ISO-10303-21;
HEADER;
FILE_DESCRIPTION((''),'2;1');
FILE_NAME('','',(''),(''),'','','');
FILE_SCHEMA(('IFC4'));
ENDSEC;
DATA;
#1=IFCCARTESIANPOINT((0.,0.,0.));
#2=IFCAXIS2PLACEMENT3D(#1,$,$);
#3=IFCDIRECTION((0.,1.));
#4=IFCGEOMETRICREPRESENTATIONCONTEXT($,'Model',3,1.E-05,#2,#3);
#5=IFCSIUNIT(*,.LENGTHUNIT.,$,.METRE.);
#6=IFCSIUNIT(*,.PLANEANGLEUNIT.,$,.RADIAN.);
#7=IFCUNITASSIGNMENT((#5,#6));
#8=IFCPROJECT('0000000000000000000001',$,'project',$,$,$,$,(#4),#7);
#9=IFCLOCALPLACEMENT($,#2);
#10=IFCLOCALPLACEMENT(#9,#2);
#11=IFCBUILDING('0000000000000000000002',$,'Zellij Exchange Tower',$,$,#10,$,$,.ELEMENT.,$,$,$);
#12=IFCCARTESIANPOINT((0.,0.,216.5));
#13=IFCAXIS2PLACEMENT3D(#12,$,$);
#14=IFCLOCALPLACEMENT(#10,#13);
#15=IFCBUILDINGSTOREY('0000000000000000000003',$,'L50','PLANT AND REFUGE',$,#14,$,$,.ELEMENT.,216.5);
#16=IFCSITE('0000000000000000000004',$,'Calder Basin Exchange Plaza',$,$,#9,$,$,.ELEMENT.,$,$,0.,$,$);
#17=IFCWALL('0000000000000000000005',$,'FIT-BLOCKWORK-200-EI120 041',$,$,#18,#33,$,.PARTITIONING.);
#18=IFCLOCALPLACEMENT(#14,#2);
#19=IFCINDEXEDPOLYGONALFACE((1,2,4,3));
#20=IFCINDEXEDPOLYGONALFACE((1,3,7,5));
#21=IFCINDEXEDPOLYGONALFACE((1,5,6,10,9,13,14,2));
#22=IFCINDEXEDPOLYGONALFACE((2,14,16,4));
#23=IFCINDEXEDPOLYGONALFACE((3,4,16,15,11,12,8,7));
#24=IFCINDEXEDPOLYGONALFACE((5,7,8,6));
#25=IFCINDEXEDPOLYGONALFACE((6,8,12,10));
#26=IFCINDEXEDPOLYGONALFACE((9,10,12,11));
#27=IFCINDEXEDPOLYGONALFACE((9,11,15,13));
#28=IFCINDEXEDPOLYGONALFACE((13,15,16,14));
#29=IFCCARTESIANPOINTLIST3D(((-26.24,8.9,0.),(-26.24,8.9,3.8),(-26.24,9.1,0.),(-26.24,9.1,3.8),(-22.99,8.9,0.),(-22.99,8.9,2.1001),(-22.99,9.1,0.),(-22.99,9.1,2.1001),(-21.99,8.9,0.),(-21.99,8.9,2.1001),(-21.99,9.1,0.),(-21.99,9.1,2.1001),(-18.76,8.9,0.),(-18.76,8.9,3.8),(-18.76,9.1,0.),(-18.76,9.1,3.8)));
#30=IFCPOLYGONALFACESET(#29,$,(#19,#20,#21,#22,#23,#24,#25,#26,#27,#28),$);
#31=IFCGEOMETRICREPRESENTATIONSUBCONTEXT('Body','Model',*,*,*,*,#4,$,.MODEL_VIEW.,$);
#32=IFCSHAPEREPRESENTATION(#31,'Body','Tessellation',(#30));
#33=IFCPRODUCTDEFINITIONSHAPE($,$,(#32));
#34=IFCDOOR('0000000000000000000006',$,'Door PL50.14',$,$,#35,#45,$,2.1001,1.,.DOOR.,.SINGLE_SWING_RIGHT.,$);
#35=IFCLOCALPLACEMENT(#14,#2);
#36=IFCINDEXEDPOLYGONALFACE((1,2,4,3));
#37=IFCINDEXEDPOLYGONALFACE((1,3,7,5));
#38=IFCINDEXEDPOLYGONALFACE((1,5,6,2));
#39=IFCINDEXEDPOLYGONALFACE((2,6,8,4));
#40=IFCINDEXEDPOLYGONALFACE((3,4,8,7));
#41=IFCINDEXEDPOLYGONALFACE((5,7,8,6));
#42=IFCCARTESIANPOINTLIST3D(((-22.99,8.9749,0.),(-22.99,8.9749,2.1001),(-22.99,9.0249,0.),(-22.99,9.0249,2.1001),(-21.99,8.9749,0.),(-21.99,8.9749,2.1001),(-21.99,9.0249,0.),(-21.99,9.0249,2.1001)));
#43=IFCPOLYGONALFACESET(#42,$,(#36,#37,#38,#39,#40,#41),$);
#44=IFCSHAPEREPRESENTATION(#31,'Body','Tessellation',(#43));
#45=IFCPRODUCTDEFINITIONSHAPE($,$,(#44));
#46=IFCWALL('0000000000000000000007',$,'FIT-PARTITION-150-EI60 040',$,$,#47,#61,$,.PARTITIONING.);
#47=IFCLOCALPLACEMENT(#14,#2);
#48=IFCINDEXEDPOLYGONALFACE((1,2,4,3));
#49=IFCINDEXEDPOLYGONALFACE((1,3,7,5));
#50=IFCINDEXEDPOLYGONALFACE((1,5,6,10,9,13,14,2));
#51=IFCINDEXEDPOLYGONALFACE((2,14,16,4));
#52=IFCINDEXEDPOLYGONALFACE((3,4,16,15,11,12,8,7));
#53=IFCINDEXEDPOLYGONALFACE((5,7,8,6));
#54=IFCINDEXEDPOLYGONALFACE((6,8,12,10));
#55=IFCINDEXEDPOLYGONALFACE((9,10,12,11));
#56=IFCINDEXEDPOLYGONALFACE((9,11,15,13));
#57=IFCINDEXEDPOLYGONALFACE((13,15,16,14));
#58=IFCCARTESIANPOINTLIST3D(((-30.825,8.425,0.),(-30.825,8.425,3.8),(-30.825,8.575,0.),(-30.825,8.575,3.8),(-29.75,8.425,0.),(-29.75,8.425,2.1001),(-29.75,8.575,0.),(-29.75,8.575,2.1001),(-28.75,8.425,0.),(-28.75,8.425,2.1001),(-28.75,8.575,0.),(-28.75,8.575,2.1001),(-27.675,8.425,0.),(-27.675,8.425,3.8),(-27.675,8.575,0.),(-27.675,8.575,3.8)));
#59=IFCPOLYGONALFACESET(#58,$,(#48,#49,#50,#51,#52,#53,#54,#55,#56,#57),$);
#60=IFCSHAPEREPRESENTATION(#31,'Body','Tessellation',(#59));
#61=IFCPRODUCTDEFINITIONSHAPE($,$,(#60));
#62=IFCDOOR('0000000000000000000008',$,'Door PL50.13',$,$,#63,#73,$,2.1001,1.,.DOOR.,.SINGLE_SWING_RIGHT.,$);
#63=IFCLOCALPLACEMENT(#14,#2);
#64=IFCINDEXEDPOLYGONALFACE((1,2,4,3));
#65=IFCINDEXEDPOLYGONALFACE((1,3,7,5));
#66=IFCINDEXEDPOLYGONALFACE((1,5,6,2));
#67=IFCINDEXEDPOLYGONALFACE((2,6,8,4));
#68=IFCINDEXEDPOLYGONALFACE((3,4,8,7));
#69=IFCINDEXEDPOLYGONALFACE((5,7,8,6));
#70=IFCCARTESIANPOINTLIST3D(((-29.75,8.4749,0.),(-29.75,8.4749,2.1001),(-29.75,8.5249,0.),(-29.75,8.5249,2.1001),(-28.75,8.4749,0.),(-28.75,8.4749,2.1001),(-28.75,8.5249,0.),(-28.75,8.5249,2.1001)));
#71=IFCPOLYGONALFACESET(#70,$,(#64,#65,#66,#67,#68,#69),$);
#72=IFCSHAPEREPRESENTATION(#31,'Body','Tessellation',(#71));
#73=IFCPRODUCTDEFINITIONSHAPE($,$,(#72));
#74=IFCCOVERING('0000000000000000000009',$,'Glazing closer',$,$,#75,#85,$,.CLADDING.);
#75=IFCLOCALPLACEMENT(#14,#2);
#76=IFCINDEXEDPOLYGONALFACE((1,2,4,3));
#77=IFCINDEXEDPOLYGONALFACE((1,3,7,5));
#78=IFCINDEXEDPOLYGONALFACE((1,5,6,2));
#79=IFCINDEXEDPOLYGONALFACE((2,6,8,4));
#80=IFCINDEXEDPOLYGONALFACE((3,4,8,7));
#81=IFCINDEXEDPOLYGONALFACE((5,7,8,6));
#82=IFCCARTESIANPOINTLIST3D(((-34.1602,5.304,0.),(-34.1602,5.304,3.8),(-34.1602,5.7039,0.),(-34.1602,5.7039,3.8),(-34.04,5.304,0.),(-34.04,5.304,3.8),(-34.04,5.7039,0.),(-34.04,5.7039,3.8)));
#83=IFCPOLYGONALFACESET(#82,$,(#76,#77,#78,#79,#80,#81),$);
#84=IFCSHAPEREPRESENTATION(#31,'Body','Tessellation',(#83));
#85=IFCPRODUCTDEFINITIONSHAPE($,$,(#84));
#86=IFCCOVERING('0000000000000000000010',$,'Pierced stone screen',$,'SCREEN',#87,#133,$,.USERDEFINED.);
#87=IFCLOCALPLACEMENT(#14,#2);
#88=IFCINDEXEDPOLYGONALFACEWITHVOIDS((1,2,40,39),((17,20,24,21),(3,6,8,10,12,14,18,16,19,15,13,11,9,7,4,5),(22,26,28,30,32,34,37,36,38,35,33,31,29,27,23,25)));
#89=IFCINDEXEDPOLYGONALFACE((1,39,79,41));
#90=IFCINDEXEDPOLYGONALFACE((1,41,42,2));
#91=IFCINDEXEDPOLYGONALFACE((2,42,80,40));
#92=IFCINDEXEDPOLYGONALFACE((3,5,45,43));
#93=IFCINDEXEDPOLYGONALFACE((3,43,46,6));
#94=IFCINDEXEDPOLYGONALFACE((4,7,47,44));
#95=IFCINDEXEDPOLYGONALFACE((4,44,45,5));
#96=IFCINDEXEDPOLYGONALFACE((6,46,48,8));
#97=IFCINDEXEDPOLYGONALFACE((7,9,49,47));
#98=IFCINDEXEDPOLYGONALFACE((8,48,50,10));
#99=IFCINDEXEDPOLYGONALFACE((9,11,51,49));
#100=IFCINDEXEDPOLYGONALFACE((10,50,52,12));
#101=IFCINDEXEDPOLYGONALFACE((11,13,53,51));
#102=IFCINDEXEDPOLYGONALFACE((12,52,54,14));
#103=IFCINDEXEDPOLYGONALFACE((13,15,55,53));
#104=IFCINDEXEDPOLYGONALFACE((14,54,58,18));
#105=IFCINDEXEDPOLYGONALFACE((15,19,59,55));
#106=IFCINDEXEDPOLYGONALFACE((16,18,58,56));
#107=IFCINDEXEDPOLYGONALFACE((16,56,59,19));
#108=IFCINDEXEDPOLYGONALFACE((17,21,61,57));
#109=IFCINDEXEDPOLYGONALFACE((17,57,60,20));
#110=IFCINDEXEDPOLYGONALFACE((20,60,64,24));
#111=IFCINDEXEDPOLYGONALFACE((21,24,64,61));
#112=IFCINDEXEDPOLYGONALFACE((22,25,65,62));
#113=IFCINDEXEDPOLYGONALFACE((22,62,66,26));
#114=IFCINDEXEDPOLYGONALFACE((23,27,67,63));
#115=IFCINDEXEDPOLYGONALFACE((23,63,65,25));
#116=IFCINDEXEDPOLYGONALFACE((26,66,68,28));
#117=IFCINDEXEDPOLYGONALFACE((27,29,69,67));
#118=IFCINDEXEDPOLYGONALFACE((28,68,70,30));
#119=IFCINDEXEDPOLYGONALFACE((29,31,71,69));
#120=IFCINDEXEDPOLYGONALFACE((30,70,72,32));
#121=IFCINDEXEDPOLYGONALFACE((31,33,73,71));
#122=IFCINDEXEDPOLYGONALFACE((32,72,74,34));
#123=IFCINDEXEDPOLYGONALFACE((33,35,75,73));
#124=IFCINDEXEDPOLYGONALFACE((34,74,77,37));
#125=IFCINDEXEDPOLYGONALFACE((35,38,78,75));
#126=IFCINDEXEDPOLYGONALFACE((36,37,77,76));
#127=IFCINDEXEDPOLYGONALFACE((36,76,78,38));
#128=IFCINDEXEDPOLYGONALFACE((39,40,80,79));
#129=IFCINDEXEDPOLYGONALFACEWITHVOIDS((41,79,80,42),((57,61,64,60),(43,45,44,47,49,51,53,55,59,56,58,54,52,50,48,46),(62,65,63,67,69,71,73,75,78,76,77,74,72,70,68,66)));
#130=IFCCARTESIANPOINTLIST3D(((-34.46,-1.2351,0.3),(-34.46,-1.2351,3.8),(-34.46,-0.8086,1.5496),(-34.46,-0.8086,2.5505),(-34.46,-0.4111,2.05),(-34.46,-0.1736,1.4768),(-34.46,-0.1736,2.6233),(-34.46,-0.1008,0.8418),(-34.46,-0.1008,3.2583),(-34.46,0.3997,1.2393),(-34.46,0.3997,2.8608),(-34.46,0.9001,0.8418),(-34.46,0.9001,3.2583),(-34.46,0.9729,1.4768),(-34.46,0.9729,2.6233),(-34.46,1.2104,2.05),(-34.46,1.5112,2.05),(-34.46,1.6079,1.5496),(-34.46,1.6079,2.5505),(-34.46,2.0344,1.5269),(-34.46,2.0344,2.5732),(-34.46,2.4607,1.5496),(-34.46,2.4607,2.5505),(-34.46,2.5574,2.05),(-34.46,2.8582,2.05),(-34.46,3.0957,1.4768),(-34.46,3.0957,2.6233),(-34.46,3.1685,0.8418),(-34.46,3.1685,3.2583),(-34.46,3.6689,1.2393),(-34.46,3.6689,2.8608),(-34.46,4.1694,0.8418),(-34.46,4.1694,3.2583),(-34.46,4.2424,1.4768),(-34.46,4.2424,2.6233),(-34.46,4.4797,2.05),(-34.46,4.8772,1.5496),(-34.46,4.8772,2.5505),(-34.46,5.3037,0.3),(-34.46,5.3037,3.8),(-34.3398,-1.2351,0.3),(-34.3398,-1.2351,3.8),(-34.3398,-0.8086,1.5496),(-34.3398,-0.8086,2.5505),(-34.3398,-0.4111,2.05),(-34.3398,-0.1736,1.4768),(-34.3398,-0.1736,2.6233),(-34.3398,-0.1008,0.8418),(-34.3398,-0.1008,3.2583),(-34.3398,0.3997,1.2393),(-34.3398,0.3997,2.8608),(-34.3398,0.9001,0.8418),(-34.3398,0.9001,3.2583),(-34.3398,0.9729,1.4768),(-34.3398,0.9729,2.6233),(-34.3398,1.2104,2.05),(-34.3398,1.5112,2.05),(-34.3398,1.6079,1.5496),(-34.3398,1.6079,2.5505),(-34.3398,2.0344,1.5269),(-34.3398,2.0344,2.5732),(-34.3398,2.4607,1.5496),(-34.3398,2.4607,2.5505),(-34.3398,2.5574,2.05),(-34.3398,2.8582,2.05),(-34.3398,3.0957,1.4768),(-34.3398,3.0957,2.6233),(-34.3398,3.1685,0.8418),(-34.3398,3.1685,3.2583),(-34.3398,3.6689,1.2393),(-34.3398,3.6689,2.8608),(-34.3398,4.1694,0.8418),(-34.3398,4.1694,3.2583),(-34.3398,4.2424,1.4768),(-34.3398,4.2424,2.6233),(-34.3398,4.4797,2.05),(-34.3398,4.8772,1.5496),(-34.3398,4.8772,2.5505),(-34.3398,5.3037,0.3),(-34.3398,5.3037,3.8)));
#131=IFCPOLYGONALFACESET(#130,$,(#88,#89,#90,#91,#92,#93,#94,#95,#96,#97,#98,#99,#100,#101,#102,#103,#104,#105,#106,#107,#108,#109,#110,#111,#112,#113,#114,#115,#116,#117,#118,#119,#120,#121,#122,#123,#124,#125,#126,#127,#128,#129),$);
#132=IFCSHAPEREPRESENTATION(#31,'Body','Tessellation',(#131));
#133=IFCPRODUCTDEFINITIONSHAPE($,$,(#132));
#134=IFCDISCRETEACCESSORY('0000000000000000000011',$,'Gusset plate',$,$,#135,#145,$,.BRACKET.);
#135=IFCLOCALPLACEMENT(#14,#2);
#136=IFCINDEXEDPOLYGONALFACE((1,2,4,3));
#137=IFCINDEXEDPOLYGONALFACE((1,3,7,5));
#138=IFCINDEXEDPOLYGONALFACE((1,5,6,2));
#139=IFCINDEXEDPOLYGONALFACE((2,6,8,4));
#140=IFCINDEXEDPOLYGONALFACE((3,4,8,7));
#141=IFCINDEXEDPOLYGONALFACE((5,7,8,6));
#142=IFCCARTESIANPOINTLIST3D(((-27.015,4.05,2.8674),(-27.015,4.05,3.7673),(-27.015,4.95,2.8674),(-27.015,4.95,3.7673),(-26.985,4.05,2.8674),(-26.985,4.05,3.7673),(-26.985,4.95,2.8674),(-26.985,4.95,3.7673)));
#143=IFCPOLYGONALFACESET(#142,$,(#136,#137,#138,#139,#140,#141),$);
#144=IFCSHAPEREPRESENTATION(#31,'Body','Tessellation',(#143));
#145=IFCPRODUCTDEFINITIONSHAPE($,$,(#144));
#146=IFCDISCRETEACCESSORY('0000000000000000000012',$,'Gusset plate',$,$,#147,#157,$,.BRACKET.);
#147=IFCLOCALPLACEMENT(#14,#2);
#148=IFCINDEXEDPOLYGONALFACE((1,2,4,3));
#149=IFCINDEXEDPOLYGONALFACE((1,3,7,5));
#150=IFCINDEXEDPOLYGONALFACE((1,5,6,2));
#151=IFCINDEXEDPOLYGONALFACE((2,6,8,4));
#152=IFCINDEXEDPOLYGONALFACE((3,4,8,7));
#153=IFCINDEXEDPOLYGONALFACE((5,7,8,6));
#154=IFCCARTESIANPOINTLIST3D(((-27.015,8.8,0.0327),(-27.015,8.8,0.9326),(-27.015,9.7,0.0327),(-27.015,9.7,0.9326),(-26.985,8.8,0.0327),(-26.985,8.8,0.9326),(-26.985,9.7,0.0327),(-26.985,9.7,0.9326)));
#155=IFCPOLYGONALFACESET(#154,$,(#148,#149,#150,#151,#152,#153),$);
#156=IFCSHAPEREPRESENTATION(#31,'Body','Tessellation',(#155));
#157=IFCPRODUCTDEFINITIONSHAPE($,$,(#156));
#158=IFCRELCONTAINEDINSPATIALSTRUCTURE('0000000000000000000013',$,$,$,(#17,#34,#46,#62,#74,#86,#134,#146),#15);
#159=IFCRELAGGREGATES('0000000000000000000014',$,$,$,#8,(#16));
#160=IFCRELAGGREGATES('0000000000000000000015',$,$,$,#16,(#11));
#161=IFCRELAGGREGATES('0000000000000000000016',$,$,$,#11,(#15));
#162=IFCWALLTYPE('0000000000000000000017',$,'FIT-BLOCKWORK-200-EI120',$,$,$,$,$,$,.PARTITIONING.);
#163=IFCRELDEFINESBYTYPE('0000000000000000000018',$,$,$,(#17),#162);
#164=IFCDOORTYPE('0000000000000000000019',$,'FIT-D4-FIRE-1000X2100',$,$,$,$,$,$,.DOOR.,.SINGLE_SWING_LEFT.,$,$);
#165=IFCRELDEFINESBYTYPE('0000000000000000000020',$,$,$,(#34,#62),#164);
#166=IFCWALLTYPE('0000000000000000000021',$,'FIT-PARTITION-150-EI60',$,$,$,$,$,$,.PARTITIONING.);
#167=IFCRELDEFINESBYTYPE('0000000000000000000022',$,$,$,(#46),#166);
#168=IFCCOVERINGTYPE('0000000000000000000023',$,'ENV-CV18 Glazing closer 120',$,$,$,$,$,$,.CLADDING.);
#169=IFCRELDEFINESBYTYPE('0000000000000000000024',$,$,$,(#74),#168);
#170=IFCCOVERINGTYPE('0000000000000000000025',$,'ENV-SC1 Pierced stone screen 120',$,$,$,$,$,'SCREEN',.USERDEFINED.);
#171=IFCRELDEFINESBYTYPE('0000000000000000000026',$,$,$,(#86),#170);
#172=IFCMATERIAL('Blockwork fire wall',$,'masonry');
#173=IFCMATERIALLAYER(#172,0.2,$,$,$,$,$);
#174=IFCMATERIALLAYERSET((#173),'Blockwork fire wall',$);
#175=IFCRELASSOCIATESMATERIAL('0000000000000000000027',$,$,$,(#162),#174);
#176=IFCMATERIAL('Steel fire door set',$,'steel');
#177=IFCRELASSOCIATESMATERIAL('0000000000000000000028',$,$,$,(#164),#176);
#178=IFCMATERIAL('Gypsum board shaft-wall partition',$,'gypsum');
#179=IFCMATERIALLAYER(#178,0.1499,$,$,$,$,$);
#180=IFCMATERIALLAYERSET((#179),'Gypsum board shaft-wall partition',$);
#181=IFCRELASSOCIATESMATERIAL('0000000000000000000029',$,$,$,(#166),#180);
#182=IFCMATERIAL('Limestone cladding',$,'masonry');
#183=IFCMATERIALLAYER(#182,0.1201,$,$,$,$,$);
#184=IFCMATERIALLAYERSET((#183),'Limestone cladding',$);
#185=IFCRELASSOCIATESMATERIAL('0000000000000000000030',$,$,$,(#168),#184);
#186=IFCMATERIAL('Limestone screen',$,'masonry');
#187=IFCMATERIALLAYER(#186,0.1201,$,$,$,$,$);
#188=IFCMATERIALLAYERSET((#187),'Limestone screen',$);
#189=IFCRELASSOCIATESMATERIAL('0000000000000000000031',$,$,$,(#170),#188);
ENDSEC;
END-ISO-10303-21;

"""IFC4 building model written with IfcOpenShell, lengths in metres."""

from ifc_helpers import new_model, si_unit, direction, frame, frame_2d, origin, origin_2d, place, context, subcontext, project, spatial, polyline, rectangle, outline, extrude, material, layer, layer_set, type_object, element, fill, save


model = new_model("IFC4")

# Units and contexts
model_context = context("Model", 3, precision=1e-05, world=origin(), true_north=direction((0.0, 1.0)))
body_context = subcontext(model_context, "Body", "Model", "MODEL_VIEW")
ifc_project = project(units=[si_unit("LENGTHUNIT", "METRE"), si_unit("PLANEANGLEUNIT", "RADIAN")], contexts=[model_context])

# Site, building, storey
site_placement = place(None, origin())
site = spatial("IfcSite", under=ifc_project, at=site_placement, Name="Calder Basin Exchange Plaza", CompositionType="ELEMENT", RefElevation=0.0)
building_placement = place(site_placement, origin())
building = spatial("IfcBuilding", under=site, at=building_placement, Name="Zellij Exchange Tower", CompositionType="ELEMENT")
storey_placement = place(building_placement, frame((0.0, 0.0, 216.5)))
storey = spatial("IfcBuildingStorey", under=building, at=storey_placement, Name="L50", Description="PLANT AND REFUGE", CompositionType="ELEMENT", Elevation=216.5)

# Walls, openings, doors
ifc_material_1 = material(Name="Blockwork fire wall", Category="masonry")
ifc_layer_1 = layer(ifc_material_1, 0.2)
ifc_layer_set_1 = layer_set([ifc_layer_1], Name="Blockwork fire wall")
wall_type_1 = type_object("IfcWallType", Name="FIT-BLOCKWORK-200-EI120", PredefinedType="PARTITIONING", material=ifc_layer_set_1)
wall_1_placement = place(storey_placement, frame((-26.24, 9.0, 0.0), z_axis=(0.0, 0.0, 1.0), x_axis=(1.0, 0.0, 0.0)))
wall_1 = element("IfcWall", 1, at=wall_1_placement, inside=storey, type_object=wall_type_1, Name="FIT-BLOCKWORK-200-EI120 041", PredefinedType="PARTITIONING", context=body_context, shape_type="SweptSolid", body=[
    extrude(rectangle(XDim=7.48, YDim=0.2, at=frame_2d((3.74, 0.0))), origin(), (0.0, 0.0, 1.0), 3.8),
])
opening_1_placement = place(wall_1_placement, frame((3.25, 0.0, 0.0)))
opening_1 = element("IfcOpeningElement", 2, at=opening_1_placement, cuts=wall_1, PredefinedType="OPENING", context=body_context, shape_type="SweptSolid", body=[
    extrude(rectangle(XDim=1.0, YDim=2.1001, at=frame_2d((0.5, 1.05))), frame((0.0, 0.1118, 0.0), z_axis=(0.0, -1.0, 0.0), x_axis=(1.0, 0.0, 0.0)), (0.0, 0.0, 1.0), 0.2239),
])
ifc_material_2 = material(Name="Steel fire door set", Category="steel")
door_type = type_object("IfcDoorType", Name="FIT-D4-FIRE-1000X2100", OperationType="SINGLE_SWING_LEFT", PredefinedType="DOOR", material=ifc_material_2)
door_1_placement = place(opening_1_placement, origin())
door_1 = element("IfcDoor", 3, at=door_1_placement, inside=storey, type_object=door_type, Name="Door PL50.14", OperationType="SINGLE_SWING_RIGHT", OverallHeight=2.1001, OverallWidth=1.0, PredefinedType="DOOR", context=body_context, shape_type="SweptSolid", body=[
    extrude(rectangle(XDim=1.0, YDim=2.1001, at=frame_2d((0.5, 1.05))), frame((0.0, 0.0249, 0.0), z_axis=(0.0, -1.0, 0.0), x_axis=(1.0, 0.0, 0.0)), (0.0, 0.0, 1.0), 0.05),
])
fill(opening_1, door_1)
ifc_material_3 = material(Name="Gypsum board shaft-wall partition", Category="gypsum")
ifc_layer_2 = layer(ifc_material_3, 0.1499)
ifc_layer_set_2 = layer_set([ifc_layer_2], Name="Gypsum board shaft-wall partition")
wall_type_2 = type_object("IfcWallType", Name="FIT-PARTITION-150-EI60", PredefinedType="PARTITIONING", material=ifc_layer_set_2)
wall_2_placement = place(storey_placement, frame((-30.825, 8.5, 0.0), z_axis=(0.0, 0.0, 1.0), x_axis=(1.0, 0.0, 0.0)))
wall_2 = element("IfcWall", 4, at=wall_2_placement, inside=storey, type_object=wall_type_2, Name="FIT-PARTITION-150-EI60 040", PredefinedType="PARTITIONING", context=body_context, shape_type="SweptSolid", body=[
    extrude(rectangle(XDim=3.1499, YDim=0.1499, at=frame_2d((1.575, 0.0))), origin(), (0.0, 0.0, 1.0), 3.8),
])
opening_2_placement = place(wall_2_placement, frame((1.075, 0.0, 0.0)))
opening_2 = element("IfcOpeningElement", 5, at=opening_2_placement, cuts=wall_2, PredefinedType="OPENING", context=body_context, shape_type="SweptSolid", body=[
    extrude(rectangle(XDim=1.0, YDim=2.1001, at=frame_2d((0.5, 1.05))), frame((0.0, 0.0869, 0.0), z_axis=(0.0, -1.0, 0.0), x_axis=(1.0, 0.0, 0.0)), (0.0, 0.0, 1.0), 0.1738),
])
door_2_placement = place(opening_2_placement, origin())
door_2 = element("IfcDoor", 6, at=door_2_placement, inside=storey, type_object=door_type, Name="Door PL50.13", OperationType="SINGLE_SWING_RIGHT", OverallHeight=2.1001, OverallWidth=1.0, PredefinedType="DOOR", context=body_context, shape_type="SweptSolid", body=[
    extrude(rectangle(XDim=1.0, YDim=2.1001, at=frame_2d((0.5, 1.05))), frame((0.0, 0.0249, 0.0), z_axis=(0.0, -1.0, 0.0), x_axis=(1.0, 0.0, 0.0)), (0.0, 0.0, 1.0), 0.05),
])
fill(opening_2, door_2)

# Coverings
ifc_material_4 = material(Name="Limestone cladding", Category="masonry")
ifc_layer_3 = layer(ifc_material_4, 0.1201)
ifc_layer_set_3 = layer_set([ifc_layer_3], Name="Limestone cladding")
covering_type_1 = type_object("IfcCoveringType", Name="ENV-CV18 Glazing closer 120", PredefinedType="CLADDING", material=ifc_layer_set_3)
covering_1_placement = place(storey_placement, frame((-34.1001, 5.5039, 0.0), z_axis=(0.0, 0.0, 1.0), x_axis=(0.0, -1.0, 0.0)))
element("IfcCovering", 7, at=covering_1_placement, inside=storey, type_object=covering_type_1, Name="Glazing closer", PredefinedType="CLADDING", context=body_context, shape_type="SweptSolid", body=[
    extrude(rectangle(XDim=0.3999, YDim=0.1201, at=origin_2d()), origin(), (0.0, 0.0, 1.0), 3.8),
])
ifc_material_5 = material(Name="Limestone screen", Category="masonry")
ifc_layer_4 = layer(ifc_material_5, 0.1201)
ifc_layer_set_4 = layer_set([ifc_layer_4], Name="Limestone screen")
covering_type_2 = type_object("IfcCoveringType", Name="ENV-SC1 Pierced stone screen 120", ElementType="SCREEN", PredefinedType="USERDEFINED", material=ifc_layer_set_4)
covering_2_placement = place(storey_placement, frame((-34.3999, 5.3037, 0.3), z_axis=(0.0, 0.0, 1.0), x_axis=(0.0, -1.0, 0.0)))
element("IfcCovering", 8, at=covering_2_placement, inside=storey, type_object=covering_type_2, Name="Pierced stone screen", ObjectType="SCREEN", PredefinedType="USERDEFINED", context=body_context, shape_type="SweptSolid", body=[
    extrude(outline(polyline([(0.0, 0.0), (6.5388, 0.0), (6.5388, 3.5), (0.0, 3.5), (0.0, 0.0)]), holes=[polyline([(2.843, 2.2505), (2.208, 2.3232), (2.1353, 2.9583), (1.6348, 2.5608), (1.1343, 2.9583), (1.0613, 2.3232), (0.4265, 2.2505), (0.824, 1.75), (0.4265, 1.2495), (1.0613, 1.1768), (1.1343, 0.5417), (1.6348, 0.9392), (2.1353, 0.5417), (2.208, 1.1768), (2.843, 1.2495), (2.4456, 1.75), (2.843, 2.2505)]), polyline([(6.1123, 2.2505), (5.4773, 2.3232), (5.4045, 2.9583), (4.9041, 2.5608), (4.4036, 2.9583), (4.3308, 2.3232), (3.6958, 2.2505), (4.0933, 1.75), (3.6958, 1.2495), (4.3308, 1.1768), (4.4036, 0.5417), (4.9041, 0.9392), (5.4045, 0.5417), (5.4773, 1.1768), (6.1123, 1.2495), (5.7148, 1.75), (6.1123, 2.2505)]), polyline([(3.7925, 1.75), (3.2693, 2.2732), (2.7463, 1.75), (3.2693, 1.2268), (3.7925, 1.75)])]), frame((0.0, 0.0601, 0.0), z_axis=(0.0, -1.0, 0.0), x_axis=(1.0, 0.0, 0.0)), (0.0, 0.0, 1.0), 0.1201),
])

# Discrete accessories
for number, where, z_axis, x_axis, name in (
    (9, (-27.0, 4.5, 2.8674), (0.0, 0.0, 1.0), (0.0, 1.0, 0.0), "Gusset plate"),
    (10, (-27.0, 9.25, 0.0327), (0.0, 0.0, 1.0), (0.0, 1.0, 0.0), "Gusset plate"),
):
    element("IfcDiscreteAccessory", number, at=place(storey_placement, frame(where, z_axis=z_axis, x_axis=x_axis)), inside=storey, Name=name, PredefinedType="BRACKET", context=body_context, shape_type="SweptSolid", body=[
        extrude(rectangle(XDim=0.8999, YDim=0.03, at=origin_2d()), origin(), (0.0, 0.0, 1.0), 0.8999),
    ])

save(model, "model.ifc")
